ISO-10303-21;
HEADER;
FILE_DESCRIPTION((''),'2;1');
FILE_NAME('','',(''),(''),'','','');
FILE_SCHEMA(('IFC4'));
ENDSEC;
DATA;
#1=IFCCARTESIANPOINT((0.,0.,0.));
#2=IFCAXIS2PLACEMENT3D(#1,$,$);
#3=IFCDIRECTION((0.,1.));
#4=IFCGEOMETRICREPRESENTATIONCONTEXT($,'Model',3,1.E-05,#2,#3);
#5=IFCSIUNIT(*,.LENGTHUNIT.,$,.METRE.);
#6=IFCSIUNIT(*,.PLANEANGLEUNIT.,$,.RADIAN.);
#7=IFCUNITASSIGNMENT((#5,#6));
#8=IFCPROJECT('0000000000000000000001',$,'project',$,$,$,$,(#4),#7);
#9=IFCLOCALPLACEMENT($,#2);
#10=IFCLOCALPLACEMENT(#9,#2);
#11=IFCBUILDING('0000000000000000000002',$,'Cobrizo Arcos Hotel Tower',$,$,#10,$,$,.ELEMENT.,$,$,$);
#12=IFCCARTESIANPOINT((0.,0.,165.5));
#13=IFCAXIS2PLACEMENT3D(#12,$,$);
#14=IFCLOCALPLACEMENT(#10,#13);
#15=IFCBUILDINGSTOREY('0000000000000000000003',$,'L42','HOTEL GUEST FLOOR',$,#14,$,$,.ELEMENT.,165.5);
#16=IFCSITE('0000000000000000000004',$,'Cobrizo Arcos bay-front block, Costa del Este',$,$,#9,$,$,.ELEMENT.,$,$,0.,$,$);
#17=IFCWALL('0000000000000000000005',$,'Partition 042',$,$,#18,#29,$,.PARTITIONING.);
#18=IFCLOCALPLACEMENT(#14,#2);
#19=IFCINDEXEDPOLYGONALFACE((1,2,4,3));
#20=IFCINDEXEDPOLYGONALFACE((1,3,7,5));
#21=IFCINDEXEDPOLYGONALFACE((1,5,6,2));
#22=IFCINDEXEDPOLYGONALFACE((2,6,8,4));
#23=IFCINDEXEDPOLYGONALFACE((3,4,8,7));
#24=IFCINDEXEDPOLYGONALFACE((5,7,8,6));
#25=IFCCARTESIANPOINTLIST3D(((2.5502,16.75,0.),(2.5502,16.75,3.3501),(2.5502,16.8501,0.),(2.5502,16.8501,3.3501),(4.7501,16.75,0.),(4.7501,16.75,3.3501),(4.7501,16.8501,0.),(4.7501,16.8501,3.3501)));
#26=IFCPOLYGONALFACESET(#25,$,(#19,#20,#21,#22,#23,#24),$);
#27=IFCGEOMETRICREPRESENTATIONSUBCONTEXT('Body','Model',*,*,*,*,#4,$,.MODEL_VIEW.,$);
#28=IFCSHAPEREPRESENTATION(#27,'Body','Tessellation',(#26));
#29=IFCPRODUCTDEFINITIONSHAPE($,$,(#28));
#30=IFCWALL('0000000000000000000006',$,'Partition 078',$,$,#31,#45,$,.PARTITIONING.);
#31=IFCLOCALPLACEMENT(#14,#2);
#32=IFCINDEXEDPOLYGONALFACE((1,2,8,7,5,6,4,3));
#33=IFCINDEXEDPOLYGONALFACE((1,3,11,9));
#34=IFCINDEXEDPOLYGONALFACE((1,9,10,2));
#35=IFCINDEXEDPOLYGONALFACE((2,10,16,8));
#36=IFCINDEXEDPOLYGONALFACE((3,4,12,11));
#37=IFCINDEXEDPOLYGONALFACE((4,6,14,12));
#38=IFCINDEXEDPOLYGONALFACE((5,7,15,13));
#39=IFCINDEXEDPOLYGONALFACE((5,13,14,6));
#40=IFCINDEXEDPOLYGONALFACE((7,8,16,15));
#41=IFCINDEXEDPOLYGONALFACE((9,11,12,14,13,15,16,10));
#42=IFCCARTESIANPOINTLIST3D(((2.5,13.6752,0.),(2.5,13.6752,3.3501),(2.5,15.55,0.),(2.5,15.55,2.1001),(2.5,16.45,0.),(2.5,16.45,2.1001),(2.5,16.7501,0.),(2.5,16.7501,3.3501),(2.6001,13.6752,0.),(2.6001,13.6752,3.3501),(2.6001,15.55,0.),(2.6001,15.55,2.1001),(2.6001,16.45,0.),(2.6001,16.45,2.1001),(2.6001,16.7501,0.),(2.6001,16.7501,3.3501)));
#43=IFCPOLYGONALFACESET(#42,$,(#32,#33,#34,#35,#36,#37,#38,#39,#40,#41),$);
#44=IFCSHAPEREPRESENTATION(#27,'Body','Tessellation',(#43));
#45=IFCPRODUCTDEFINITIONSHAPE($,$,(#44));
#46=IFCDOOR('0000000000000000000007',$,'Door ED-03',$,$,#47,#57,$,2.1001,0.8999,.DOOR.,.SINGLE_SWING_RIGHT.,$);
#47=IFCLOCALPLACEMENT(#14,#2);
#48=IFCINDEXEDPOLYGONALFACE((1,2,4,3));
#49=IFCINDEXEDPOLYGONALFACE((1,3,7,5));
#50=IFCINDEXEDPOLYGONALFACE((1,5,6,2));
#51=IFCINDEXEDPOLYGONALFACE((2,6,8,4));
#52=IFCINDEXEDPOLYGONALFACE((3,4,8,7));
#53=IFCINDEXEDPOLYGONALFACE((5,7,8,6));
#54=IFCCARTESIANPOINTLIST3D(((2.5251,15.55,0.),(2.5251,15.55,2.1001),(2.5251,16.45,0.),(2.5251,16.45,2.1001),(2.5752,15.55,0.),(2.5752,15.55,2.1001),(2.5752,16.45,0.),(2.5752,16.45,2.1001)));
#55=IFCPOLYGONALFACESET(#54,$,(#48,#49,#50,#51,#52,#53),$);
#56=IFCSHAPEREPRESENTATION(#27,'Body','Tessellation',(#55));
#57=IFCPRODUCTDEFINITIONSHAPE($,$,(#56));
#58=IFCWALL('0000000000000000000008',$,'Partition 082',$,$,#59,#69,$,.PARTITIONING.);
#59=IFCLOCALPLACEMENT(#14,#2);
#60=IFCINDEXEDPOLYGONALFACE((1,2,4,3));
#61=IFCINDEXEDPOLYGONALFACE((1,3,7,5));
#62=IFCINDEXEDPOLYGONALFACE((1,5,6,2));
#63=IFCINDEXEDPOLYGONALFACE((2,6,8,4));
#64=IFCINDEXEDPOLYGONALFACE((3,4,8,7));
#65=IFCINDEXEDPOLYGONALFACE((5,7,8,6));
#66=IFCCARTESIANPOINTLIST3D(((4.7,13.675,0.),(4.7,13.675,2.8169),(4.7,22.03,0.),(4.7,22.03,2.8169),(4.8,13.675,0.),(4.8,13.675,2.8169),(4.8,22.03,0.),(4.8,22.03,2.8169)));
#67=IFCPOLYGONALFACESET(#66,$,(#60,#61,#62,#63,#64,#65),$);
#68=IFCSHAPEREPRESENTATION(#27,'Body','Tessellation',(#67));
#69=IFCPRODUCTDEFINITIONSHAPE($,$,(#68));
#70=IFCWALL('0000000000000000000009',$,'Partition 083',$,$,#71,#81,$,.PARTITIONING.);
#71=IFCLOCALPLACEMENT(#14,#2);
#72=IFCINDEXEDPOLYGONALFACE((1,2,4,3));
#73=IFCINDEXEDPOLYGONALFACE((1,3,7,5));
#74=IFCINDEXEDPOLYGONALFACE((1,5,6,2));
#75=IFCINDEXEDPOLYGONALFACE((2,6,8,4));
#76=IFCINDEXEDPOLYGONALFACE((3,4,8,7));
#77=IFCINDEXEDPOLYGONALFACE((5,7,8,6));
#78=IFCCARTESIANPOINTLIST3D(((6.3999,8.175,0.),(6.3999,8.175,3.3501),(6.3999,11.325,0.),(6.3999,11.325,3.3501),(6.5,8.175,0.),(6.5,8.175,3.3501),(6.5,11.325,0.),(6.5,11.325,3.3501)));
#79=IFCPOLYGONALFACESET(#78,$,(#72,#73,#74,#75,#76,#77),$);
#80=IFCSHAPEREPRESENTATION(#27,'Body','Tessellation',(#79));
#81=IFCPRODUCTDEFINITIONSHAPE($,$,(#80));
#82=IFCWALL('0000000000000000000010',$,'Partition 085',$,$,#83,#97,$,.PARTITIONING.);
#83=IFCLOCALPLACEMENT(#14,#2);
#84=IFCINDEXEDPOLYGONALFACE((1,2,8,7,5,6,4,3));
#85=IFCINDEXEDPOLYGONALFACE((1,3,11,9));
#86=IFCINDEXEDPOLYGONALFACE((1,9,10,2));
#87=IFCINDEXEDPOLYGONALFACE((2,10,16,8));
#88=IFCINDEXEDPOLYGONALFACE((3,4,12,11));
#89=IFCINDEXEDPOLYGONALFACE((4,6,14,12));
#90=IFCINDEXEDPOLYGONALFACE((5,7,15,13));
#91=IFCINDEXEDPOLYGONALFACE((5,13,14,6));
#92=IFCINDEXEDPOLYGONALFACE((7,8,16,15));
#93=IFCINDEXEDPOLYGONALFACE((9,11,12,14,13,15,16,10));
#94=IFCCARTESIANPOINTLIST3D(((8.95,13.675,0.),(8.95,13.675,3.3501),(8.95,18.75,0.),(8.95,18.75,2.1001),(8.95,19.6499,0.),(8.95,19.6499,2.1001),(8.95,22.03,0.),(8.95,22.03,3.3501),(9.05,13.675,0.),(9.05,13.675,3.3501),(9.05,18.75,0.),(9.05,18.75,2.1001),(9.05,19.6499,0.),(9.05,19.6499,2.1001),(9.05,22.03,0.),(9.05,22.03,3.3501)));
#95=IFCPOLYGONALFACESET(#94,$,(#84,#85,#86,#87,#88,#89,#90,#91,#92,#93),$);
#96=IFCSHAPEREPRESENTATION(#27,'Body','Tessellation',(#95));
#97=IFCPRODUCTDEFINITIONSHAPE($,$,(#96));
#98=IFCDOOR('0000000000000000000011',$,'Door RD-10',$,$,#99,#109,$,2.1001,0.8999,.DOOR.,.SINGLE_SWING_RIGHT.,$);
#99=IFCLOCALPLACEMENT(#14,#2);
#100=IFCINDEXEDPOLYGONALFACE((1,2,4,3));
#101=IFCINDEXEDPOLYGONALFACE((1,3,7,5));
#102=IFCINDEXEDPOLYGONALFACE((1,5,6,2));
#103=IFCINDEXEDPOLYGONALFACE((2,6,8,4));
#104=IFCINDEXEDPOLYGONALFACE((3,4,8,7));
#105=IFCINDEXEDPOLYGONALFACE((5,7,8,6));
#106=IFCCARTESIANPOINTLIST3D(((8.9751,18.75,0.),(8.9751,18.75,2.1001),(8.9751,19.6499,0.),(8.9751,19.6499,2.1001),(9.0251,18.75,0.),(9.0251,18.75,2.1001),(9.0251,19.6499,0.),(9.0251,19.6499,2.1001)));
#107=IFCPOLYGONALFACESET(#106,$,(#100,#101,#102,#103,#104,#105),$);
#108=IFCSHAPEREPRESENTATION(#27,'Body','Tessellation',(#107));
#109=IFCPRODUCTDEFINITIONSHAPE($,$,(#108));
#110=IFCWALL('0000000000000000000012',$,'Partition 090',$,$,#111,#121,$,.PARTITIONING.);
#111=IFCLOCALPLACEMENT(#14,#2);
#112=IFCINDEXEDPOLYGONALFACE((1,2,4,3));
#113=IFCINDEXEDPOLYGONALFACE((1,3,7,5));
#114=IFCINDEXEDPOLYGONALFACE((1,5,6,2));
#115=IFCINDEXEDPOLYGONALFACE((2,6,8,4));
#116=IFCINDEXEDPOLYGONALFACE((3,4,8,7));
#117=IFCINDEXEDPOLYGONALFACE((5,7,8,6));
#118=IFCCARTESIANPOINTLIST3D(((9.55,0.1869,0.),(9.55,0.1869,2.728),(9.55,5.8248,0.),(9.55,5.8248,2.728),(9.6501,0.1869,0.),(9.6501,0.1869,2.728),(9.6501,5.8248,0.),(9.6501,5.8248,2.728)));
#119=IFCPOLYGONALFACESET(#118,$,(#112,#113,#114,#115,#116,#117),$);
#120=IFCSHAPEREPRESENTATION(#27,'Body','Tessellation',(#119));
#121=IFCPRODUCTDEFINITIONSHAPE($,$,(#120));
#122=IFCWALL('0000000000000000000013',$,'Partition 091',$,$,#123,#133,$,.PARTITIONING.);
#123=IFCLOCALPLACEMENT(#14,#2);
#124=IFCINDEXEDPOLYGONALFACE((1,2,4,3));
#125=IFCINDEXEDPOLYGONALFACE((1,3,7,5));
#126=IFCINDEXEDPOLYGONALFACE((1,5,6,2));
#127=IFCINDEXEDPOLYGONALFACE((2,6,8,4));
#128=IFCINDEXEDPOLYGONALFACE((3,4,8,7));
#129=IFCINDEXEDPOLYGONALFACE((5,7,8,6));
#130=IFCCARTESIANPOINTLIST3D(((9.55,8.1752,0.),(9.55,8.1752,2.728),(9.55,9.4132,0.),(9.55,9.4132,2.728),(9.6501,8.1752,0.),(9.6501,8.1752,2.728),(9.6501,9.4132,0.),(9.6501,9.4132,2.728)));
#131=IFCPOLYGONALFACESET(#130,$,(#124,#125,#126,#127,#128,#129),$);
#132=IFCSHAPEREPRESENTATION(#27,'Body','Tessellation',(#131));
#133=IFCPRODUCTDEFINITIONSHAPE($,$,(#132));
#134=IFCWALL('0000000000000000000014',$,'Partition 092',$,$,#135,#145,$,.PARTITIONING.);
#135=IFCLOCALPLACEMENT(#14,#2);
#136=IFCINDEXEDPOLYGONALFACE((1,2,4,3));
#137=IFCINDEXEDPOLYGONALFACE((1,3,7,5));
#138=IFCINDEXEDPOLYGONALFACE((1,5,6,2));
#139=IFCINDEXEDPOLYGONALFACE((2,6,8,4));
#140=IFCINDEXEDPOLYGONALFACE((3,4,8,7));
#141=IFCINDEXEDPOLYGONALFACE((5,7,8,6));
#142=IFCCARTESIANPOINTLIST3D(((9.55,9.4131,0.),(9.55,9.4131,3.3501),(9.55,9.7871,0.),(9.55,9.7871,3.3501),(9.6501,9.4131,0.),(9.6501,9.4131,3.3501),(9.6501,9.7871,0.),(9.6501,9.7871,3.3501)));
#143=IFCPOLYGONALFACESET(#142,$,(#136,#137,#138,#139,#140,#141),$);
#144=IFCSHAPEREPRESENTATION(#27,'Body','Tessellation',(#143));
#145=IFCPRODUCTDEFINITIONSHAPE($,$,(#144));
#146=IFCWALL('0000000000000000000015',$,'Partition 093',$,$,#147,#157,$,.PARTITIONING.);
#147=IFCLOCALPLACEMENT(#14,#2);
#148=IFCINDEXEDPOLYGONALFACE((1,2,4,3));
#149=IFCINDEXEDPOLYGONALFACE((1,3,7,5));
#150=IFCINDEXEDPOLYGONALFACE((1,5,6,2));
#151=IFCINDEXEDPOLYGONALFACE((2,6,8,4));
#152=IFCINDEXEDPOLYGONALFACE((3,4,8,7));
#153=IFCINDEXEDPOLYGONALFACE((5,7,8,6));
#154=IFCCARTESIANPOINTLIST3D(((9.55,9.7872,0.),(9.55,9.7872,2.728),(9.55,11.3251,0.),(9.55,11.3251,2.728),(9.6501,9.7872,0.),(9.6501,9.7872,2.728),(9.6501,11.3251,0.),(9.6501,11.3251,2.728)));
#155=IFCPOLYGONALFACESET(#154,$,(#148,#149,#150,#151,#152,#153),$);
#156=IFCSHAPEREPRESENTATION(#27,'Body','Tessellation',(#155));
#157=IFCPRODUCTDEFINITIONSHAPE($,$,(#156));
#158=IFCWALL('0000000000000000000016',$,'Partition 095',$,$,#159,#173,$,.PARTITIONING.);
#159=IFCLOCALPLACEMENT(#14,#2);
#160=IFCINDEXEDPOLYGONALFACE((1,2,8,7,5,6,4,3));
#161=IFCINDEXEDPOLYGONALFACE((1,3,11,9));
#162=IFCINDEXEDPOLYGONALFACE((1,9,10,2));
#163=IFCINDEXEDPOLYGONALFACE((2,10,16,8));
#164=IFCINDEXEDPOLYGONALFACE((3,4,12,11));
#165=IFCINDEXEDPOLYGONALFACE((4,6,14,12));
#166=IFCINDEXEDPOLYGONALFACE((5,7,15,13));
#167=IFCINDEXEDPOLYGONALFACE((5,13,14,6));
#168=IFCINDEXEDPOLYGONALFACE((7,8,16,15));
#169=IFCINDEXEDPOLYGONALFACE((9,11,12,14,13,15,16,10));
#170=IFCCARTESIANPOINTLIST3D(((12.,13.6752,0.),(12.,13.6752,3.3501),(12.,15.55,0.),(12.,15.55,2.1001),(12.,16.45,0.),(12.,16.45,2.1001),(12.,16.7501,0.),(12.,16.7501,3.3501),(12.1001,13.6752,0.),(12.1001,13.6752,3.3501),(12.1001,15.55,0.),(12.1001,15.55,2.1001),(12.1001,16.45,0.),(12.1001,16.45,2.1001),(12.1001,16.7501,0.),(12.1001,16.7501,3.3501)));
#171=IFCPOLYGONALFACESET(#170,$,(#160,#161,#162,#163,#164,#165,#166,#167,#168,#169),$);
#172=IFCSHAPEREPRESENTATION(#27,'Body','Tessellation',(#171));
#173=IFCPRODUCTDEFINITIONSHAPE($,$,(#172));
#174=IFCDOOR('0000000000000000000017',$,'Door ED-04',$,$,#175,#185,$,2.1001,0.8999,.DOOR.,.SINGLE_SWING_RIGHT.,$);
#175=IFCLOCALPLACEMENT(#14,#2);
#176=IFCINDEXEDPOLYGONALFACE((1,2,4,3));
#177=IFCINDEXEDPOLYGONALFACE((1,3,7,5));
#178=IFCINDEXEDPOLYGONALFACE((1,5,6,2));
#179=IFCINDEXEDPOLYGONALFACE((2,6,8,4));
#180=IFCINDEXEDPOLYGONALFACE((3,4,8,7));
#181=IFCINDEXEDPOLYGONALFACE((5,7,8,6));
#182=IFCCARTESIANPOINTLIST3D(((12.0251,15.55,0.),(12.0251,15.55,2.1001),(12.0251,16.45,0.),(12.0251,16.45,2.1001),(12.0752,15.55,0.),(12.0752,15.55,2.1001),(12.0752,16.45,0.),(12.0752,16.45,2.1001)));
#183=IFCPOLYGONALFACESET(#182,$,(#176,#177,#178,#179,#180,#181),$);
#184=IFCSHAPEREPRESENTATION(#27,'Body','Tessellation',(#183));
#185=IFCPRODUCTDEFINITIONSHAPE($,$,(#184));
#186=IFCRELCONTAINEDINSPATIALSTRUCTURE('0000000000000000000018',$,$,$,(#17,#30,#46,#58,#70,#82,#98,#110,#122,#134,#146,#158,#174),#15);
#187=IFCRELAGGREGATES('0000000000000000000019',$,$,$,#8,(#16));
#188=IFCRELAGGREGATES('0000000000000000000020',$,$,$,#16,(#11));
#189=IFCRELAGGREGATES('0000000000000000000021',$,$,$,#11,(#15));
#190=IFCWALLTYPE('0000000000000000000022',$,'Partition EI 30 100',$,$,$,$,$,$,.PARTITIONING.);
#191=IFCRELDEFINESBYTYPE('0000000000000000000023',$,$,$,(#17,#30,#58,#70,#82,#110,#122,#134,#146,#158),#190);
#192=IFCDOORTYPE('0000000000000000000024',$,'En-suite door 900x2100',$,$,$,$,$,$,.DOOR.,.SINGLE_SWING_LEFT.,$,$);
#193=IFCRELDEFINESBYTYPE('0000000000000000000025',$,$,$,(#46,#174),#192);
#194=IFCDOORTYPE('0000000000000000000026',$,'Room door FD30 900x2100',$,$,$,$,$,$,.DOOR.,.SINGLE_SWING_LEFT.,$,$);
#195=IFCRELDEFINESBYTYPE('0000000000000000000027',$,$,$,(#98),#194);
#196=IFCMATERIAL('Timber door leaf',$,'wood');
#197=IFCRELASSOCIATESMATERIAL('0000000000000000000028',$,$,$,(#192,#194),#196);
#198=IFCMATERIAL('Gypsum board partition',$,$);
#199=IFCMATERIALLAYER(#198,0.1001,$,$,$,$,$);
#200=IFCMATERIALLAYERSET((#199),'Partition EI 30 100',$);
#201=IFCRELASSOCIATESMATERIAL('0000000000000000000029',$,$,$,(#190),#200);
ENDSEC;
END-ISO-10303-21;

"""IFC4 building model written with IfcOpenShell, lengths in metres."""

from ifc_helpers import new_model, si_unit, direction, frame, frame_2d, origin, place, context, subcontext, project, spatial, rectangle, extrude, material, layer, layer_set, type_object, element, fill, save


model = new_model("IFC4")

# Units and contexts
model_context = context("Model", 3, precision=1e-05, world=origin(), true_north=direction((0.0, 1.0)))
body_context = subcontext(model_context, "Body", "Model", "MODEL_VIEW")
ifc_project = project(units=[si_unit("LENGTHUNIT", "METRE"), si_unit("PLANEANGLEUNIT", "RADIAN")], contexts=[model_context])

# Site, building, storey
site_placement = place(None, origin())
site = spatial("IfcSite", under=ifc_project, at=site_placement, Name="Cobrizo Arcos bay-front block, Costa del Este", CompositionType="ELEMENT", RefElevation=0.0)
building_placement = place(site_placement, origin())
building = spatial("IfcBuilding", under=site, at=building_placement, Name="Cobrizo Arcos Hotel Tower", CompositionType="ELEMENT")
storey_placement = place(building_placement, frame((0.0, 0.0, 165.5)))
storey = spatial("IfcBuildingStorey", under=building, at=storey_placement, Name="L42", Description="HOTEL GUEST FLOOR", CompositionType="ELEMENT", Elevation=165.5)

# Shared definitions
ifc_material_1 = material(Name="Gypsum board partition")

# Shared definitions
ifc_material_2 = material(Name="Timber door leaf", Category="wood")
door_type_1 = type_object("IfcDoorType", Name="En-suite door 900x2100", OperationType="SINGLE_SWING_LEFT", PredefinedType="DOOR", material=ifc_material_2)
door_type_2 = type_object("IfcDoorType", Name="Room door FD30 900x2100", OperationType="SINGLE_SWING_LEFT", PredefinedType="DOOR", material=ifc_material_2)

# Wall
ifc_layer_1 = layer(ifc_material_1, 0.1001)
ifc_layer_set_1 = layer_set([ifc_layer_1], Name="Partition EI 30 100")
wall_type_1 = type_object("IfcWallType", Name="Partition EI 30 100", PredefinedType="PARTITIONING", material=ifc_layer_set_1)
wall_1_placement = place(storey_placement, frame((2.55, 16.8, 0.0), z_axis=(0.0, 0.0, 1.0), x_axis=(1.0, 0.0, 0.0)))
element("IfcWall", 1, at=wall_1_placement, inside=storey, type_object=wall_type_1, Name="Partition 042", PredefinedType="PARTITIONING", context=body_context, shape_type="SweptSolid", body=[
    extrude(rectangle(XDim=2.2, YDim=0.1001, at=frame_2d((1.1001, 0.0))), origin(), (0.0, 0.0, 1.0), 3.3501),
])

# Wall, opening, door
wall_2_placement = place(storey_placement, frame((2.55, 13.675, 0.0), z_axis=(0.0, 0.0, 1.0), x_axis=(0.0, 1.0, 0.0)))
wall_2 = element("IfcWall", 2, at=wall_2_placement, inside=storey, type_object=wall_type_1, Name="Partition 078", PredefinedType="PARTITIONING", context=body_context, shape_type="SweptSolid", body=[
    extrude(rectangle(XDim=3.075, YDim=0.1001, at=frame_2d((1.5376, 0.0))), origin(), (0.0, 0.0, 1.0), 3.3501),
])
opening_1_placement = place(wall_2_placement, frame((1.875, 0.0, 0.0)))
opening_1 = element("IfcOpeningElement", 3, at=opening_1_placement, cuts=wall_2, PredefinedType="OPENING", context=body_context, shape_type="SweptSolid", body=[
    extrude(rectangle(XDim=0.8999, YDim=2.1001, at=frame_2d((0.45, 1.05))), frame((0.0, 0.062, 0.0), z_axis=(0.0, -1.0, 0.0), x_axis=(1.0, 0.0, 0.0)), (0.0, 0.0, 1.0), 0.124),
])
door_1_placement = place(opening_1_placement, origin())
door_1 = element("IfcDoor", 4, at=door_1_placement, inside=storey, type_object=door_type_1, Name="Door ED-03", OperationType="SINGLE_SWING_RIGHT", OverallHeight=2.1001, OverallWidth=0.8999, PredefinedType="DOOR", context=body_context, shape_type="SweptSolid", body=[
    extrude(rectangle(XDim=0.8999, YDim=2.1001, at=frame_2d((0.45, 1.05))), frame((0.0, 0.0249, 0.0), z_axis=(0.0, -1.0, 0.0), x_axis=(1.0, 0.0, 0.0)), (0.0, 0.0, 1.0), 0.05),
])
fill(opening_1, door_1)

# Walls
wall_3_placement = place(storey_placement, frame((4.75, 13.675, 0.0), z_axis=(0.0, 0.0, 1.0), x_axis=(0.0, 1.0, 0.0)))
element("IfcWall", 5, at=wall_3_placement, inside=storey, type_object=wall_type_1, Name="Partition 082", PredefinedType="PARTITIONING", context=body_context, shape_type="SweptSolid", body=[
    extrude(rectangle(XDim=8.355, YDim=0.1001, at=frame_2d((4.1775, 0.0))), origin(), (0.0, 0.0, 1.0), 2.8169),
])
wall_4_placement = place(storey_placement, frame((6.45, 8.175, 0.0), z_axis=(0.0, 0.0, 1.0), x_axis=(0.0, 1.0, 0.0)))
element("IfcWall", 6, at=wall_4_placement, inside=storey, type_object=wall_type_1, Name="Partition 083", PredefinedType="PARTITIONING", context=body_context, shape_type="SweptSolid", body=[
    extrude(rectangle(XDim=3.1499, YDim=0.1001, at=frame_2d((1.575, 0.0))), origin(), (0.0, 0.0, 1.0), 3.3501),
])

# Wall, opening, door
wall_5_placement = place(storey_placement, frame((9.0, 13.675, 0.0), z_axis=(0.0, 0.0, 1.0), x_axis=(0.0, 1.0, 0.0)))
wall_5 = element("IfcWall", 7, at=wall_5_placement, inside=storey, type_object=wall_type_1, Name="Partition 085", PredefinedType="PARTITIONING", context=body_context, shape_type="SweptSolid", body=[
    extrude(rectangle(XDim=8.355, YDim=0.1001, at=frame_2d((4.1775, 0.0))), origin(), (0.0, 0.0, 1.0), 3.3501),
])
opening_2_placement = place(wall_5_placement, frame((5.075, 0.0, 0.0)))
opening_2 = element("IfcOpeningElement", 8, at=opening_2_placement, cuts=wall_5, PredefinedType="OPENING", context=body_context, shape_type="SweptSolid", body=[
    extrude(rectangle(XDim=0.8999, YDim=2.1001, at=frame_2d((0.45, 1.05))), frame((0.0, 0.062, 0.0), z_axis=(0.0, -1.0, 0.0), x_axis=(1.0, 0.0, 0.0)), (0.0, 0.0, 1.0), 0.124),
])
door_2_placement = place(opening_2_placement, origin())
door_2 = element("IfcDoor", 9, at=door_2_placement, inside=storey, type_object=door_type_2, Name="Door RD-10", OperationType="SINGLE_SWING_RIGHT", OverallHeight=2.1001, OverallWidth=0.8999, PredefinedType="DOOR", context=body_context, shape_type="SweptSolid", body=[
    extrude(rectangle(XDim=0.8999, YDim=2.1001, at=frame_2d((0.45, 1.05))), frame((0.0, 0.0249, 0.0), z_axis=(0.0, -1.0, 0.0), x_axis=(1.0, 0.0, 0.0)), (0.0, 0.0, 1.0), 0.05),
])
fill(opening_2, door_2)

# Walls
wall_6_placement = place(storey_placement, frame((9.6001, 0.187, 0.0), z_axis=(0.0, 0.0, 1.0), x_axis=(0.0, 1.0, 0.0)))
element("IfcWall", 10, at=wall_6_placement, inside=storey, type_object=wall_type_1, Name="Partition 090", PredefinedType="PARTITIONING", context=body_context, shape_type="SweptSolid", body=[
    extrude(rectangle(XDim=5.6379, YDim=0.1001, at=frame_2d((2.8188, 0.0))), origin(), (0.0, 0.0, 1.0), 2.728),
])
wall_7_placement = place(storey_placement, frame((9.6001, 8.175, 0.0), z_axis=(0.0, 0.0, 1.0), x_axis=(0.0, 1.0, 0.0)))
element("IfcWall", 11, at=wall_7_placement, inside=storey, type_object=wall_type_1, Name="Partition 091", PredefinedType="PARTITIONING", context=body_context, shape_type="SweptSolid", body=[
    extrude(rectangle(XDim=1.238, YDim=0.1001, at=frame_2d((0.6191, 0.0))), origin(), (0.0, 0.0, 1.0), 2.728),
])
wall_8_placement = place(storey_placement, frame((9.6001, 9.4131, 0.0), z_axis=(0.0, 0.0, 1.0), x_axis=(0.0, 1.0, 0.0)))
element("IfcWall", 12, at=wall_8_placement, inside=storey, type_object=wall_type_1, Name="Partition 092", PredefinedType="PARTITIONING", context=body_context, shape_type="SweptSolid", body=[
    extrude(rectangle(XDim=0.374, YDim=0.1001, at=frame_2d((0.187, 0.0))), origin(), (0.0, 0.0, 1.0), 3.3501),
])
wall_9_placement = place(storey_placement, frame((9.6001, 9.7871, 0.0), z_axis=(0.0, 0.0, 1.0), x_axis=(0.0, 1.0, 0.0)))
element("IfcWall", 13, at=wall_9_placement, inside=storey, type_object=wall_type_1, Name="Partition 093", PredefinedType="PARTITIONING", context=body_context, shape_type="SweptSolid", body=[
    extrude(rectangle(XDim=1.5378, YDim=0.1001, at=frame_2d((0.769, 0.0))), origin(), (0.0, 0.0, 1.0), 2.728),
])

# Wall, opening, door
wall_10_placement = place(storey_placement, frame((12.05, 13.675, 0.0), z_axis=(0.0, 0.0, 1.0), x_axis=(0.0, 1.0, 0.0)))
wall_10 = element("IfcWall", 14, at=wall_10_placement, inside=storey, type_object=wall_type_1, Name="Partition 095", PredefinedType="PARTITIONING", context=body_context, shape_type="SweptSolid", body=[
    extrude(rectangle(XDim=3.075, YDim=0.1001, at=frame_2d((1.5376, 0.0))), origin(), (0.0, 0.0, 1.0), 3.3501),
])
opening_3_placement = place(wall_10_placement, frame((1.875, 0.0, 0.0)))
opening_3 = element("IfcOpeningElement", 15, at=opening_3_placement, cuts=wall_10, PredefinedType="OPENING", context=body_context, shape_type="SweptSolid", body=[
    extrude(rectangle(XDim=0.8999, YDim=2.1001, at=frame_2d((0.45, 1.05))), frame((0.0, 0.062, 0.0), z_axis=(0.0, -1.0, 0.0), x_axis=(1.0, 0.0, 0.0)), (0.0, 0.0, 1.0), 0.124),
])
door_3_placement = place(opening_3_placement, origin())
door_3 = element("IfcDoor", 16, at=door_3_placement, inside=storey, type_object=door_type_1, Name="Door ED-04", OperationType="SINGLE_SWING_RIGHT", OverallHeight=2.1001, OverallWidth=0.8999, PredefinedType="DOOR", context=body_context, shape_type="SweptSolid", body=[
    extrude(rectangle(XDim=0.8999, YDim=2.1001, at=frame_2d((0.45, 1.05))), frame((0.0, 0.0249, 0.0), z_axis=(0.0, -1.0, 0.0), x_axis=(1.0, 0.0, 0.0)), (0.0, 0.0, 1.0), 0.05),
])
fill(opening_3, door_3)

save(model, "model.ifc")
